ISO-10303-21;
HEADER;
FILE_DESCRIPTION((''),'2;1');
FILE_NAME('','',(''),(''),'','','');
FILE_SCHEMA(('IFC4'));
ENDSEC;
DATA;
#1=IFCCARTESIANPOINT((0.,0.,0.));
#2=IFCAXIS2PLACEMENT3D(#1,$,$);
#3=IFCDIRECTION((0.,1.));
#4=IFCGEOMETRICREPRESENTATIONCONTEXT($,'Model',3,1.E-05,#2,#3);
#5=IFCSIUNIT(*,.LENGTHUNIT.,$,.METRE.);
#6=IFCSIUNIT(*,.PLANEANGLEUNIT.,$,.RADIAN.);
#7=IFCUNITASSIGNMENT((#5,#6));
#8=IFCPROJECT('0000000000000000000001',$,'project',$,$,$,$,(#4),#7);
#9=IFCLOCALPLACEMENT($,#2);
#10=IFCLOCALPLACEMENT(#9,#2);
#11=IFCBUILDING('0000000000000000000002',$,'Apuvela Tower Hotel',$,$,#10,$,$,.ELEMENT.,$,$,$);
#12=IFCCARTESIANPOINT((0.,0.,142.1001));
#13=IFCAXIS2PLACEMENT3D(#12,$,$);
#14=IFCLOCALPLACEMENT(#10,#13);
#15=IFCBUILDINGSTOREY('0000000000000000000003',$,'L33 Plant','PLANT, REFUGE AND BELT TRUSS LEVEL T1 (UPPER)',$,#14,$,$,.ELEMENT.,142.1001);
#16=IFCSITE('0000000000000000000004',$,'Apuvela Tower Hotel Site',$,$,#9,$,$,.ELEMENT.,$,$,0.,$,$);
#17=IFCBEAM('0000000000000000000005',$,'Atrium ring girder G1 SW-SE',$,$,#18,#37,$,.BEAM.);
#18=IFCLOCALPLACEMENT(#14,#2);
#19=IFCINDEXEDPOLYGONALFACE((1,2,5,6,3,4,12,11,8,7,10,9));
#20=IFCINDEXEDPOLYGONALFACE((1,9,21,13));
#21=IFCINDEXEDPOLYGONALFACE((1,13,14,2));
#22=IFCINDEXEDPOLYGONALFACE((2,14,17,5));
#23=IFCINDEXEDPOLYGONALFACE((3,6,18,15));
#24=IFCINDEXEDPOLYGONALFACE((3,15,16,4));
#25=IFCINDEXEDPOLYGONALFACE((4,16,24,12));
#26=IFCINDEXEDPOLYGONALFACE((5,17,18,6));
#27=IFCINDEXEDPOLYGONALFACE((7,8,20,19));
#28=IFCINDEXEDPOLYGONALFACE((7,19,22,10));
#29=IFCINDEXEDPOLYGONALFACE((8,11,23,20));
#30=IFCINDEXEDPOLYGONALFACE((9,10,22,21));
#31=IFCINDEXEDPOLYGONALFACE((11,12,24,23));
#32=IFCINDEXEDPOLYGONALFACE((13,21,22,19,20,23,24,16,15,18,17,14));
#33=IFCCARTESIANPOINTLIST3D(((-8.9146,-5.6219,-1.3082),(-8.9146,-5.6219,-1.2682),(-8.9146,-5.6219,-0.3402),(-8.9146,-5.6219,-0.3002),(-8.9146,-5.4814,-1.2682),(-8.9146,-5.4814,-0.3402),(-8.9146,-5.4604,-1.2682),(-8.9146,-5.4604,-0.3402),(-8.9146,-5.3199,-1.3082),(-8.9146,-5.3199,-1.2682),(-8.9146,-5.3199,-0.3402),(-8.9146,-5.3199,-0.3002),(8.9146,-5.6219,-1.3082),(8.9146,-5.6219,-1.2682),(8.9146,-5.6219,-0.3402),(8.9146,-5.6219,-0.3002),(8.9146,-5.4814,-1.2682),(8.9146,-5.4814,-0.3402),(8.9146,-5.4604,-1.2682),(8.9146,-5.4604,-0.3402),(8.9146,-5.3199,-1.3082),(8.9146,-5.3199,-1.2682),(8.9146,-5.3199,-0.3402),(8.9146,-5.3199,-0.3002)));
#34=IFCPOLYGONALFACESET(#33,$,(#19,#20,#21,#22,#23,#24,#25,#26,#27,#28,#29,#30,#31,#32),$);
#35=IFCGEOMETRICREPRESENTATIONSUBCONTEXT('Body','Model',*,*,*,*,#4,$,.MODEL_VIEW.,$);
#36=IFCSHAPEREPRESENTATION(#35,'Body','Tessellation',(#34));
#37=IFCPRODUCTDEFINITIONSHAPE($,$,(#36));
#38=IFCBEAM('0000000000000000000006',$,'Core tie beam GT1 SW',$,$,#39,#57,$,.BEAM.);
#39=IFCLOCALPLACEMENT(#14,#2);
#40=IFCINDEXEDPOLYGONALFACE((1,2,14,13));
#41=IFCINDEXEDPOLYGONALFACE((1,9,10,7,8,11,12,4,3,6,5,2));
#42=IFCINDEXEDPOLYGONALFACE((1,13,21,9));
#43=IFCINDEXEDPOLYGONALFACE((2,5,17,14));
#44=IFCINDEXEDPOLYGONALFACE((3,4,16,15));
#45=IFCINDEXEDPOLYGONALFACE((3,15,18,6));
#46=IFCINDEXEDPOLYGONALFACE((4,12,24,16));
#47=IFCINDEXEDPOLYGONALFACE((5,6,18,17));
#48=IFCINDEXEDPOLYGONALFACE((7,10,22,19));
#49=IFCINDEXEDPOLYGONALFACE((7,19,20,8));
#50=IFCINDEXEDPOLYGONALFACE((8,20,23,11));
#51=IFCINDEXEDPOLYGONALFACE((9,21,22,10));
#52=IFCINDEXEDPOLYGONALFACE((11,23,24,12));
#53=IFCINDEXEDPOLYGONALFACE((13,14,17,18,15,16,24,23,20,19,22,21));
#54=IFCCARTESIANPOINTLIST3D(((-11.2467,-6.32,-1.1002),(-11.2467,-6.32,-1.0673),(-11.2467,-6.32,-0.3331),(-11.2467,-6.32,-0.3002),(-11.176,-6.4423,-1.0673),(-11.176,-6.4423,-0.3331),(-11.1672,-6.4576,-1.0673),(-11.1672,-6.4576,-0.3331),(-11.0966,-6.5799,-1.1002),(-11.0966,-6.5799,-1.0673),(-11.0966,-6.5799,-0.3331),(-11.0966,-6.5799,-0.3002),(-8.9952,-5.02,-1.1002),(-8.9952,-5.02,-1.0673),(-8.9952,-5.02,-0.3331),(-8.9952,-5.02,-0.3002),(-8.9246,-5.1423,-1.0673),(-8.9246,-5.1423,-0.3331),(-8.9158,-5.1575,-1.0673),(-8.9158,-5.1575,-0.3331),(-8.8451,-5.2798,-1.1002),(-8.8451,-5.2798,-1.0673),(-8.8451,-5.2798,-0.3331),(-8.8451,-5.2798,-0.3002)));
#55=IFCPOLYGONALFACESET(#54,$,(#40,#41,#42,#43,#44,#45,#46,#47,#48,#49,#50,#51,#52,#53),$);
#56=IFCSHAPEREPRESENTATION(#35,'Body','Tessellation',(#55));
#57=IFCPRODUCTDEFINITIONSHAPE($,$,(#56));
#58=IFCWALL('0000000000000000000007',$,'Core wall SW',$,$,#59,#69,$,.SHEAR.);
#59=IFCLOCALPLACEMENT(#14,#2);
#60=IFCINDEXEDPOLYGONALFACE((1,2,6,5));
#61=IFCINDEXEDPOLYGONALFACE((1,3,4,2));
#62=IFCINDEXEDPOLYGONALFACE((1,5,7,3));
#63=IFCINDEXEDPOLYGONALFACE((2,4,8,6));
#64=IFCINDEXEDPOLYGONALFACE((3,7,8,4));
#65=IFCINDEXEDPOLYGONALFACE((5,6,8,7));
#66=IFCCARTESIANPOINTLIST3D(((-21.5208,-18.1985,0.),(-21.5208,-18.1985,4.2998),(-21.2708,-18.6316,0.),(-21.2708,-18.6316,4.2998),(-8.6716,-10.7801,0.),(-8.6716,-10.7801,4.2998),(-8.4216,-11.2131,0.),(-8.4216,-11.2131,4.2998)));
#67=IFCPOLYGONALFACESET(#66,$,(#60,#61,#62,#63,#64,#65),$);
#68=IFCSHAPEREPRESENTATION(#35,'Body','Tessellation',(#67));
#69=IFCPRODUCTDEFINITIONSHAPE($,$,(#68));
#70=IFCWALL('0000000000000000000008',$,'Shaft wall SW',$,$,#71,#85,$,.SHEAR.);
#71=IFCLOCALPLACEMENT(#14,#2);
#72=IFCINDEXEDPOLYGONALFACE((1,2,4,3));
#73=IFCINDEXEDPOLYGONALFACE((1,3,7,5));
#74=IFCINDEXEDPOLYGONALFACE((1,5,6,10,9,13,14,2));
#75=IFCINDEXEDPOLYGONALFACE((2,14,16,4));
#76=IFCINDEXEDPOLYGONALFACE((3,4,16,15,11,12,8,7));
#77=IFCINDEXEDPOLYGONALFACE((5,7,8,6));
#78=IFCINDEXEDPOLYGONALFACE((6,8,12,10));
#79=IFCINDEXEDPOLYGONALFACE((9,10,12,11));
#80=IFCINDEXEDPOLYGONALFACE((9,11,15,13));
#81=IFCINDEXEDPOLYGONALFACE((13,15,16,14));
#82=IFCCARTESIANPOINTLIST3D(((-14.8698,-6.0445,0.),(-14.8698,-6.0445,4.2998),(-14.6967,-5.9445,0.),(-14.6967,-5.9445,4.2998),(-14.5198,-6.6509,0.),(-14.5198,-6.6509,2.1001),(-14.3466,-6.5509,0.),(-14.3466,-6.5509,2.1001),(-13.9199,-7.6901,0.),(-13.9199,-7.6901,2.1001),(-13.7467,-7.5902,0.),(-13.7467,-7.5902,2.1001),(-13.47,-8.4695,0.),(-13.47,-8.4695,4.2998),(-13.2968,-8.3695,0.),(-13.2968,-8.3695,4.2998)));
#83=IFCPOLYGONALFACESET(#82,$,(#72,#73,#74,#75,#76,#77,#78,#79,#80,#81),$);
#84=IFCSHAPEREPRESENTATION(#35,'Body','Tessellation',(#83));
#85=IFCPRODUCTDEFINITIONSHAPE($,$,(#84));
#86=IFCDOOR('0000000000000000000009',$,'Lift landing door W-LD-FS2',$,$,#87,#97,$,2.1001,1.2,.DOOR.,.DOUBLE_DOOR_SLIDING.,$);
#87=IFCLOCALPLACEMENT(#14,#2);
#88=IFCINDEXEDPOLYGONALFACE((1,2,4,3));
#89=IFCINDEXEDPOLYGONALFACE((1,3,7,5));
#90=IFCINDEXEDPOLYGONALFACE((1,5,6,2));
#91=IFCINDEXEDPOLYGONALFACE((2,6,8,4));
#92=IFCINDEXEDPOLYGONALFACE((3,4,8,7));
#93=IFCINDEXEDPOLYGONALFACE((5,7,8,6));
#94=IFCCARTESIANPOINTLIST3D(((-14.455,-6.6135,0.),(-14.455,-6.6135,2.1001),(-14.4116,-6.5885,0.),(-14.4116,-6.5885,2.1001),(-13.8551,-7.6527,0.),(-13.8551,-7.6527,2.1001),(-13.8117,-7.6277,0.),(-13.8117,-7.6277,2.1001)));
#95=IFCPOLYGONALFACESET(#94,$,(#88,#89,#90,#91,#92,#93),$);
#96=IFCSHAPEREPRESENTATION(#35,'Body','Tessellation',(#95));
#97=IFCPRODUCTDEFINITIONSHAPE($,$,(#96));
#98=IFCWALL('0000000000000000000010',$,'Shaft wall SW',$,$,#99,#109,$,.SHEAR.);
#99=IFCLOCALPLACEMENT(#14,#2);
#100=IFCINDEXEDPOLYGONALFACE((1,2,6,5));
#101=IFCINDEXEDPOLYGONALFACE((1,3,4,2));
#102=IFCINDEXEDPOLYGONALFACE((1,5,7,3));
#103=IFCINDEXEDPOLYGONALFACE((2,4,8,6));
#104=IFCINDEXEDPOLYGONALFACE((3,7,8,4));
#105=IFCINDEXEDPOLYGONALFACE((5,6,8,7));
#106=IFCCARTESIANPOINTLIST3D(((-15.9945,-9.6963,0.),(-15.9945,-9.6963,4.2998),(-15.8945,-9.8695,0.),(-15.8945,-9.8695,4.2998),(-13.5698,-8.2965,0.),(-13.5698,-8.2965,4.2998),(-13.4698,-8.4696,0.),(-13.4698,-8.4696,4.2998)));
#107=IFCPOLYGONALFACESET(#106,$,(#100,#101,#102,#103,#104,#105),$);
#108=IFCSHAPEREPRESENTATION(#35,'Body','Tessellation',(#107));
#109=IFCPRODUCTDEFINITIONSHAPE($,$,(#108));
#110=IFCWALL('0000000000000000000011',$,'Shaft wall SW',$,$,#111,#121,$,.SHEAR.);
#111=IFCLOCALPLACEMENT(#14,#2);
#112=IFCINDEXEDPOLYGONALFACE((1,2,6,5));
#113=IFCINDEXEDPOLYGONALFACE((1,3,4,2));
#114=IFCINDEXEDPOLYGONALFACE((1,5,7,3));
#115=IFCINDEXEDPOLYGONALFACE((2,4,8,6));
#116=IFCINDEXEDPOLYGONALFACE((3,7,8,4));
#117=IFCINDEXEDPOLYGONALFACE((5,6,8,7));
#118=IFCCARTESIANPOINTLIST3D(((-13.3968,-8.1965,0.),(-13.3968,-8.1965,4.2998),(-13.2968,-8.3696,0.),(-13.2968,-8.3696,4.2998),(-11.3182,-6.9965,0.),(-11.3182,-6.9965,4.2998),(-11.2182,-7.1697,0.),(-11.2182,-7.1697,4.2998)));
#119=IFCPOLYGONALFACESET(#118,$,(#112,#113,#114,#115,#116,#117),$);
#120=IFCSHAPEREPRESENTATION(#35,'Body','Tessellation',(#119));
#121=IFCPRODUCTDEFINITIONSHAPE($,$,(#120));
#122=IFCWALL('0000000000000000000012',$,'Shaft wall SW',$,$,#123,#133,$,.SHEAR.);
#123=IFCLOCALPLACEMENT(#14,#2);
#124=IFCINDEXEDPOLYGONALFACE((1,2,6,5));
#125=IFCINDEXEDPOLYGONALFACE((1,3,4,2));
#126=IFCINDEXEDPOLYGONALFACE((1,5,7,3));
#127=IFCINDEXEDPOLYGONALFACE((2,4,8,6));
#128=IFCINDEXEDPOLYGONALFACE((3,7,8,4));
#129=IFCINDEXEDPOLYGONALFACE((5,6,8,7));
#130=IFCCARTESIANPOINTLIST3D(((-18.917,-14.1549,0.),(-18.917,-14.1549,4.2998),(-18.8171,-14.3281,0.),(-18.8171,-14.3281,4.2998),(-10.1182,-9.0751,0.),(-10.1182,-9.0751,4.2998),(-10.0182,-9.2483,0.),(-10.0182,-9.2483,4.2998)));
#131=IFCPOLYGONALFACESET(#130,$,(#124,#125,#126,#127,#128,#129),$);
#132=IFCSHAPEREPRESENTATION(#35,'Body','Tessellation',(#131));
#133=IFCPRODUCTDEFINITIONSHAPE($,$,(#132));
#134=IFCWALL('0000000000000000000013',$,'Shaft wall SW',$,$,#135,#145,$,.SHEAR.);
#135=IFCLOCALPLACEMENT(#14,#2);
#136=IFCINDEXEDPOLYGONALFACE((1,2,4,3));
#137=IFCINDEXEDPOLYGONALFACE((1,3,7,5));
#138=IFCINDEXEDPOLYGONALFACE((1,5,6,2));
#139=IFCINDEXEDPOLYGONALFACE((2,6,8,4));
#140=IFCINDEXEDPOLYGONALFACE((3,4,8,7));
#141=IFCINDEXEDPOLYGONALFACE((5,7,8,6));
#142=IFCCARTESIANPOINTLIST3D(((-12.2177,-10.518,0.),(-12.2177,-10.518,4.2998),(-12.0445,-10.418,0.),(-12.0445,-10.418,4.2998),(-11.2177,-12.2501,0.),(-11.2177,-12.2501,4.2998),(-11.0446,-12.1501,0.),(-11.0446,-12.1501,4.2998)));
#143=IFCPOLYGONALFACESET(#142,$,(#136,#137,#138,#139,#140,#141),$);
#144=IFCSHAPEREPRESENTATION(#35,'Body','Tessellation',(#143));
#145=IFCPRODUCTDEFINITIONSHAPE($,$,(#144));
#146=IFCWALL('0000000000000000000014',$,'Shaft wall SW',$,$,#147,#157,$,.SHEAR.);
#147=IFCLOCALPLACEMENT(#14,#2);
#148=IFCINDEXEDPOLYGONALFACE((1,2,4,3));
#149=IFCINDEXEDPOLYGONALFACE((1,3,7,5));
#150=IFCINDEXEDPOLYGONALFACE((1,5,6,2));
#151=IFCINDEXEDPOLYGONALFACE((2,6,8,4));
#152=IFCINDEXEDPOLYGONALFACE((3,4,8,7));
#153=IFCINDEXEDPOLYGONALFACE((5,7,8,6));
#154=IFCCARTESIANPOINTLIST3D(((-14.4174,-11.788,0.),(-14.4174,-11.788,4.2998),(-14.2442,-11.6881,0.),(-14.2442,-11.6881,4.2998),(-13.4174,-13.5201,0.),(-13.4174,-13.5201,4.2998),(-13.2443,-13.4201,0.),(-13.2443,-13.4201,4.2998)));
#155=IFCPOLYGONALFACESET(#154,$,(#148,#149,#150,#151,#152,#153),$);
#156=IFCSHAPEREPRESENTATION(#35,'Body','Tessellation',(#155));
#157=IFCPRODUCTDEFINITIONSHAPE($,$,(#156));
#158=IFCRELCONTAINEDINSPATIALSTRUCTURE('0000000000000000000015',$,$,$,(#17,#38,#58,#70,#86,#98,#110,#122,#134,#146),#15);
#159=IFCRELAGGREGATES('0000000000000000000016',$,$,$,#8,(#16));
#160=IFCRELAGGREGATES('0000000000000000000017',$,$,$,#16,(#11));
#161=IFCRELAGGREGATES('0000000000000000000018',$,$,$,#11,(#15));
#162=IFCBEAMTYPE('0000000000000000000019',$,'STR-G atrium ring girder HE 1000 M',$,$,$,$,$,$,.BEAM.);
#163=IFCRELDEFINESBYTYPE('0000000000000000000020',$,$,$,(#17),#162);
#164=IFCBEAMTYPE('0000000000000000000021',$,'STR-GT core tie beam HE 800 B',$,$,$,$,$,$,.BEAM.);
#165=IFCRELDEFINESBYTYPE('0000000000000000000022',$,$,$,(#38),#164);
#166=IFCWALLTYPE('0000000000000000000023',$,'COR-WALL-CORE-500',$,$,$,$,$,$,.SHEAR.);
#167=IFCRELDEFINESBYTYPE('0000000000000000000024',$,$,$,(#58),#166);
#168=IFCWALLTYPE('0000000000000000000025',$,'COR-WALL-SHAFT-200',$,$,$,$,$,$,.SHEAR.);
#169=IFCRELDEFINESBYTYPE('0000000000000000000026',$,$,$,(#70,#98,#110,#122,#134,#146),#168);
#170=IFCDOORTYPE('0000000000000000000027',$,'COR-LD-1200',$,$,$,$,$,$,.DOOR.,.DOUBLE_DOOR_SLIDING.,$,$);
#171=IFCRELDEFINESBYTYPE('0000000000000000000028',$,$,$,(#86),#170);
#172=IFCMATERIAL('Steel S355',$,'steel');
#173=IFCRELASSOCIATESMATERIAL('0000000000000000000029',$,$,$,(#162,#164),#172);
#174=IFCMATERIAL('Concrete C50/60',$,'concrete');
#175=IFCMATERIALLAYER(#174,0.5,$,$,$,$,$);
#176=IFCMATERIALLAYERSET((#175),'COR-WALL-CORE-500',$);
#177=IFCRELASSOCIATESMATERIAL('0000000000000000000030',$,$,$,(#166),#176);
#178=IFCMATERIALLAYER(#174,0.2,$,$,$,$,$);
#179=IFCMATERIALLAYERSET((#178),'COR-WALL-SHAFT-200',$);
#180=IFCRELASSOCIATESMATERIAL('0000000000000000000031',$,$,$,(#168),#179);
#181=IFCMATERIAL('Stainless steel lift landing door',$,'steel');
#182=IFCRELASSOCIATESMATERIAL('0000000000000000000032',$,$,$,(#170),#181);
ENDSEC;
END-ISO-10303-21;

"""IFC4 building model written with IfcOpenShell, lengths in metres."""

from ifc_helpers import new_model, si_unit, direction, frame, frame_2d, origin, origin_2d, place, context, subcontext, project, spatial, rectangle, i_section, extrude, material, layer, layer_set, material_profile, profile_set, type_object, element, fill, save


model = new_model("IFC4")

# Units and contexts
model_context = context("Model", 3, precision=1e-05, world=origin(), true_north=direction((0.0, 1.0)))
body_context = subcontext(model_context, "Body", "Model", "MODEL_VIEW")
ifc_project = project(units=[si_unit("LENGTHUNIT", "METRE"), si_unit("PLANEANGLEUNIT", "RADIAN")], contexts=[model_context])

# Site, building, storey
site_placement = place(None, origin())
site = spatial("IfcSite", under=ifc_project, at=site_placement, Name="Apuvela Tower Hotel Site", CompositionType="ELEMENT", RefElevation=0.0)
building_placement = place(site_placement, origin())
building = spatial("IfcBuilding", under=site, at=building_placement, Name="Apuvela Tower Hotel", CompositionType="ELEMENT")
storey_placement = place(building_placement, frame((0.0, 0.0, 142.1001)))
storey = spatial("IfcBuildingStorey", under=building, at=storey_placement, Name="L33 Plant", Description="PLANT, REFUGE AND BELT TRUSS LEVEL T1 (UPPER)", CompositionType="ELEMENT", Elevation=142.1001)

# Beams
ifc_material_1 = material(Name="Steel S355", Category="steel")
ifc_material_profile_1 = material_profile(ifc_material_1, i_section(OverallWidth=0.302, OverallDepth=1.0081, WebThickness=0.021, FlangeThickness=0.04, at=origin_2d()), Name="HE 1000 M")
ifc_profile_set_1 = profile_set([ifc_material_profile_1], Name="Steel S355")
beam_type_1 = type_object("IfcBeamType", Name="STR-G atrium ring girder HE 1000 M", PredefinedType="BEAM", material=ifc_profile_set_1)
beam_1_placement = place(storey_placement, frame((-8.9146, -5.4709, -0.8042), z_axis=(1.0, 0.0, 0.0), x_axis=(0.0, 1.0, 0.0)))
element("IfcBeam", 1, at=beam_1_placement, inside=storey, type_object=beam_type_1, Name="Atrium ring girder G1 SW-SE", PredefinedType="BEAM", context=body_context, shape_type="SweptSolid", body=[
    extrude(i_section(OverallWidth=0.302, OverallDepth=1.0081, WebThickness=0.021, FlangeThickness=0.04, at=origin_2d()), origin(), (0.0, 0.0, 1.0), 17.8291),
])
ifc_material_profile_2 = material_profile(ifc_material_1, i_section(OverallWidth=0.3, OverallDepth=0.8, WebThickness=0.0176, FlangeThickness=0.033, at=origin_2d()), Name="HE 800 B")
ifc_profile_set_2 = profile_set([ifc_material_profile_2], Name="Steel S355")
beam_type_2 = type_object("IfcBeamType", Name="STR-GT core tie beam HE 800 B", PredefinedType="BEAM", material=ifc_profile_set_2)
beam_2_placement = place(storey_placement, frame((-11.1716, -6.45, -0.7002), z_axis=(0.865998, 0.500048, 0.0), x_axis=(-0.500048, 0.865998, 0.0)))
element("IfcBeam", 2, at=beam_2_placement, inside=storey, type_object=beam_type_2, Name="Core tie beam GT1 SW", PredefinedType="BEAM", context=body_context, shape_type="SweptSolid", body=[
    extrude(i_section(OverallWidth=0.3, OverallDepth=0.8, WebThickness=0.0176, FlangeThickness=0.033, at=origin_2d()), origin(), (0.0, 0.0, 1.0), 2.5999),
])

# Wall
ifc_material_2 = material(Name="Concrete C50/60", Category="concrete")
ifc_layer_1 = layer(ifc_material_2, 0.5)
ifc_layer_set_1 = layer_set([ifc_layer_1], Name="COR-WALL-CORE-500")
wall_type_1 = type_object("IfcWallType", Name="COR-WALL-CORE-500", PredefinedType="SHEAR", material=ifc_layer_set_1)
wall_1_placement = place(storey_placement, frame((-8.5466, -10.9966, 0.0), z_axis=(0.0, 0.0, 1.0), x_axis=(-0.866025, -0.500001, 0.0)))
element("IfcWall", 3, at=wall_1_placement, inside=storey, type_object=wall_type_1, Name="Core wall SW", PredefinedType="SHEAR", context=body_context, shape_type="SweptSolid", body=[
    extrude(rectangle(XDim=14.8369, YDim=0.5, at=frame_2d((7.4185, 0.0))), origin(), (0.0, 0.0, 1.0), 4.2998),
])

# Wall, opening, door
ifc_layer_2 = layer(ifc_material_2, 0.2)
ifc_layer_set_2 = layer_set([ifc_layer_2], Name="COR-WALL-SHAFT-200")
wall_type_2 = type_object("IfcWallType", Name="COR-WALL-SHAFT-200", PredefinedType="SHEAR", material=ifc_layer_set_2)
wall_2_placement = place(storey_placement, frame((-14.7832, -5.9946, 0.0), z_axis=(0.0, 0.0, 1.0), x_axis=(0.499946, -0.866056, 0.0)))
wall_2 = element("IfcWall", 4, at=wall_2_placement, inside=storey, type_object=wall_type_2, Name="Shaft wall SW", PredefinedType="SHEAR", context=body_context, shape_type="SweptSolid", body=[
    extrude(rectangle(XDim=2.8, YDim=0.2, at=frame_2d((1.3999, 0.0))), origin(), (0.0, 0.0, 1.0), 4.2998),
])
opening_1_placement = place(wall_2_placement, frame((0.7, 0.0, 0.0)))
opening_1 = element("IfcOpeningElement", 5, at=opening_1_placement, cuts=wall_2, PredefinedType="OPENING", context=body_context, shape_type="SweptSolid", body=[
    extrude(rectangle(XDim=1.2, YDim=2.1001, at=frame_2d((0.6001, 1.05))), frame((0.0, 0.1099, 0.0), z_axis=(0.0, -1.0, 0.0), x_axis=(1.0, 0.0, 0.0)), (0.0, 0.0, 1.0), 0.22),
])
ifc_material_3 = material(Name="Stainless steel lift landing door", Category="steel")
door_type_1 = type_object("IfcDoorType", Name="COR-LD-1200", OperationType="DOUBLE_DOOR_SLIDING", PredefinedType="DOOR", material=ifc_material_3)
door_1_placement = place(opening_1_placement, origin())
door_1 = element("IfcDoor", 6, at=door_1_placement, inside=storey, type_object=door_type_1, Name="Lift landing door W-LD-FS2", OperationType="DOUBLE_DOOR_SLIDING", OverallHeight=2.1001, OverallWidth=1.2, PredefinedType="DOOR", context=body_context, shape_type="SweptSolid", body=[
    extrude(rectangle(XDim=1.2, YDim=2.1001, at=frame_2d((0.6001, 1.05))), frame((0.0, 0.0249, 0.0), z_axis=(0.0, -1.0, 0.0), x_axis=(1.0, 0.0, 0.0)), (0.0, 0.0, 1.0), 0.05),
])
fill(opening_1, door_1)

# Walls
wall_3_placement = place(storey_placement, frame((-13.5198, -8.3831, 0.0), z_axis=(0.0, 0.0, 1.0), x_axis=(-0.866035, -0.499984, 0.0)))
element("IfcWall", 7, at=wall_3_placement, inside=storey, type_object=wall_type_2, Name="Shaft wall SW", PredefinedType="SHEAR", context=body_context, shape_type="SweptSolid", body=[
    extrude(rectangle(XDim=2.7998, YDim=0.2, at=frame_2d((1.3999, 0.0))), origin(), (0.0, 0.0, 1.0), 4.2998),
])
wall_4_placement = place(storey_placement, frame((-11.2681, -7.083, 0.0), z_axis=(0.0, 0.0, 1.0), x_axis=(-0.86605, -0.499957, 0.0)))
element("IfcWall", 8, at=wall_4_placement, inside=storey, type_object=wall_type_2, Name="Shaft wall SW", PredefinedType="SHEAR", context=body_context, shape_type="SweptSolid", body=[
    extrude(rectangle(XDim=2.4001, YDim=0.2, at=frame_2d((1.2002, 0.0))), origin(), (0.0, 0.0, 1.0), 4.2998),
])
wall_5_placement = place(storey_placement, frame((-10.0681, -9.1616, 0.0), z_axis=(0.0, 0.0, 1.0), x_axis=(-0.866033, -0.499987, 0.0)))
element("IfcWall", 9, at=wall_5_placement, inside=storey, type_object=wall_type_2, Name="Shaft wall SW", PredefinedType="SHEAR", context=body_context, shape_type="SweptSolid", body=[
    extrude(rectangle(XDim=10.1599, YDim=0.2, at=frame_2d((5.0801, 0.0))), origin(), (0.0, 0.0, 1.0), 4.2998),
])
for number, where, z_axis, x_axis, name in (
    (10, (-12.1311, -10.468, 0.0), (0.0, 0.0, 1.0), (0.499973, -0.866041, 0.0), "Shaft wall SW"),
    (11, (-14.3308, -11.738, 0.0), (0.0, 0.0, 1.0), (0.499973, -0.866041, 0.0), "Shaft wall SW"),
):
    element("IfcWall", number, at=place(storey_placement, frame(where, z_axis=z_axis, x_axis=x_axis)), inside=storey, type_object=wall_type_2, Name=name, PredefinedType="SHEAR", context=body_context, shape_type="SweptSolid", body=[
        extrude(rectangle(XDim=2.0, YDim=0.2, at=frame_2d((1.0, 0.0))), origin(), (0.0, 0.0, 1.0), 4.2998),
    ])

save(model, "model.ifc")
